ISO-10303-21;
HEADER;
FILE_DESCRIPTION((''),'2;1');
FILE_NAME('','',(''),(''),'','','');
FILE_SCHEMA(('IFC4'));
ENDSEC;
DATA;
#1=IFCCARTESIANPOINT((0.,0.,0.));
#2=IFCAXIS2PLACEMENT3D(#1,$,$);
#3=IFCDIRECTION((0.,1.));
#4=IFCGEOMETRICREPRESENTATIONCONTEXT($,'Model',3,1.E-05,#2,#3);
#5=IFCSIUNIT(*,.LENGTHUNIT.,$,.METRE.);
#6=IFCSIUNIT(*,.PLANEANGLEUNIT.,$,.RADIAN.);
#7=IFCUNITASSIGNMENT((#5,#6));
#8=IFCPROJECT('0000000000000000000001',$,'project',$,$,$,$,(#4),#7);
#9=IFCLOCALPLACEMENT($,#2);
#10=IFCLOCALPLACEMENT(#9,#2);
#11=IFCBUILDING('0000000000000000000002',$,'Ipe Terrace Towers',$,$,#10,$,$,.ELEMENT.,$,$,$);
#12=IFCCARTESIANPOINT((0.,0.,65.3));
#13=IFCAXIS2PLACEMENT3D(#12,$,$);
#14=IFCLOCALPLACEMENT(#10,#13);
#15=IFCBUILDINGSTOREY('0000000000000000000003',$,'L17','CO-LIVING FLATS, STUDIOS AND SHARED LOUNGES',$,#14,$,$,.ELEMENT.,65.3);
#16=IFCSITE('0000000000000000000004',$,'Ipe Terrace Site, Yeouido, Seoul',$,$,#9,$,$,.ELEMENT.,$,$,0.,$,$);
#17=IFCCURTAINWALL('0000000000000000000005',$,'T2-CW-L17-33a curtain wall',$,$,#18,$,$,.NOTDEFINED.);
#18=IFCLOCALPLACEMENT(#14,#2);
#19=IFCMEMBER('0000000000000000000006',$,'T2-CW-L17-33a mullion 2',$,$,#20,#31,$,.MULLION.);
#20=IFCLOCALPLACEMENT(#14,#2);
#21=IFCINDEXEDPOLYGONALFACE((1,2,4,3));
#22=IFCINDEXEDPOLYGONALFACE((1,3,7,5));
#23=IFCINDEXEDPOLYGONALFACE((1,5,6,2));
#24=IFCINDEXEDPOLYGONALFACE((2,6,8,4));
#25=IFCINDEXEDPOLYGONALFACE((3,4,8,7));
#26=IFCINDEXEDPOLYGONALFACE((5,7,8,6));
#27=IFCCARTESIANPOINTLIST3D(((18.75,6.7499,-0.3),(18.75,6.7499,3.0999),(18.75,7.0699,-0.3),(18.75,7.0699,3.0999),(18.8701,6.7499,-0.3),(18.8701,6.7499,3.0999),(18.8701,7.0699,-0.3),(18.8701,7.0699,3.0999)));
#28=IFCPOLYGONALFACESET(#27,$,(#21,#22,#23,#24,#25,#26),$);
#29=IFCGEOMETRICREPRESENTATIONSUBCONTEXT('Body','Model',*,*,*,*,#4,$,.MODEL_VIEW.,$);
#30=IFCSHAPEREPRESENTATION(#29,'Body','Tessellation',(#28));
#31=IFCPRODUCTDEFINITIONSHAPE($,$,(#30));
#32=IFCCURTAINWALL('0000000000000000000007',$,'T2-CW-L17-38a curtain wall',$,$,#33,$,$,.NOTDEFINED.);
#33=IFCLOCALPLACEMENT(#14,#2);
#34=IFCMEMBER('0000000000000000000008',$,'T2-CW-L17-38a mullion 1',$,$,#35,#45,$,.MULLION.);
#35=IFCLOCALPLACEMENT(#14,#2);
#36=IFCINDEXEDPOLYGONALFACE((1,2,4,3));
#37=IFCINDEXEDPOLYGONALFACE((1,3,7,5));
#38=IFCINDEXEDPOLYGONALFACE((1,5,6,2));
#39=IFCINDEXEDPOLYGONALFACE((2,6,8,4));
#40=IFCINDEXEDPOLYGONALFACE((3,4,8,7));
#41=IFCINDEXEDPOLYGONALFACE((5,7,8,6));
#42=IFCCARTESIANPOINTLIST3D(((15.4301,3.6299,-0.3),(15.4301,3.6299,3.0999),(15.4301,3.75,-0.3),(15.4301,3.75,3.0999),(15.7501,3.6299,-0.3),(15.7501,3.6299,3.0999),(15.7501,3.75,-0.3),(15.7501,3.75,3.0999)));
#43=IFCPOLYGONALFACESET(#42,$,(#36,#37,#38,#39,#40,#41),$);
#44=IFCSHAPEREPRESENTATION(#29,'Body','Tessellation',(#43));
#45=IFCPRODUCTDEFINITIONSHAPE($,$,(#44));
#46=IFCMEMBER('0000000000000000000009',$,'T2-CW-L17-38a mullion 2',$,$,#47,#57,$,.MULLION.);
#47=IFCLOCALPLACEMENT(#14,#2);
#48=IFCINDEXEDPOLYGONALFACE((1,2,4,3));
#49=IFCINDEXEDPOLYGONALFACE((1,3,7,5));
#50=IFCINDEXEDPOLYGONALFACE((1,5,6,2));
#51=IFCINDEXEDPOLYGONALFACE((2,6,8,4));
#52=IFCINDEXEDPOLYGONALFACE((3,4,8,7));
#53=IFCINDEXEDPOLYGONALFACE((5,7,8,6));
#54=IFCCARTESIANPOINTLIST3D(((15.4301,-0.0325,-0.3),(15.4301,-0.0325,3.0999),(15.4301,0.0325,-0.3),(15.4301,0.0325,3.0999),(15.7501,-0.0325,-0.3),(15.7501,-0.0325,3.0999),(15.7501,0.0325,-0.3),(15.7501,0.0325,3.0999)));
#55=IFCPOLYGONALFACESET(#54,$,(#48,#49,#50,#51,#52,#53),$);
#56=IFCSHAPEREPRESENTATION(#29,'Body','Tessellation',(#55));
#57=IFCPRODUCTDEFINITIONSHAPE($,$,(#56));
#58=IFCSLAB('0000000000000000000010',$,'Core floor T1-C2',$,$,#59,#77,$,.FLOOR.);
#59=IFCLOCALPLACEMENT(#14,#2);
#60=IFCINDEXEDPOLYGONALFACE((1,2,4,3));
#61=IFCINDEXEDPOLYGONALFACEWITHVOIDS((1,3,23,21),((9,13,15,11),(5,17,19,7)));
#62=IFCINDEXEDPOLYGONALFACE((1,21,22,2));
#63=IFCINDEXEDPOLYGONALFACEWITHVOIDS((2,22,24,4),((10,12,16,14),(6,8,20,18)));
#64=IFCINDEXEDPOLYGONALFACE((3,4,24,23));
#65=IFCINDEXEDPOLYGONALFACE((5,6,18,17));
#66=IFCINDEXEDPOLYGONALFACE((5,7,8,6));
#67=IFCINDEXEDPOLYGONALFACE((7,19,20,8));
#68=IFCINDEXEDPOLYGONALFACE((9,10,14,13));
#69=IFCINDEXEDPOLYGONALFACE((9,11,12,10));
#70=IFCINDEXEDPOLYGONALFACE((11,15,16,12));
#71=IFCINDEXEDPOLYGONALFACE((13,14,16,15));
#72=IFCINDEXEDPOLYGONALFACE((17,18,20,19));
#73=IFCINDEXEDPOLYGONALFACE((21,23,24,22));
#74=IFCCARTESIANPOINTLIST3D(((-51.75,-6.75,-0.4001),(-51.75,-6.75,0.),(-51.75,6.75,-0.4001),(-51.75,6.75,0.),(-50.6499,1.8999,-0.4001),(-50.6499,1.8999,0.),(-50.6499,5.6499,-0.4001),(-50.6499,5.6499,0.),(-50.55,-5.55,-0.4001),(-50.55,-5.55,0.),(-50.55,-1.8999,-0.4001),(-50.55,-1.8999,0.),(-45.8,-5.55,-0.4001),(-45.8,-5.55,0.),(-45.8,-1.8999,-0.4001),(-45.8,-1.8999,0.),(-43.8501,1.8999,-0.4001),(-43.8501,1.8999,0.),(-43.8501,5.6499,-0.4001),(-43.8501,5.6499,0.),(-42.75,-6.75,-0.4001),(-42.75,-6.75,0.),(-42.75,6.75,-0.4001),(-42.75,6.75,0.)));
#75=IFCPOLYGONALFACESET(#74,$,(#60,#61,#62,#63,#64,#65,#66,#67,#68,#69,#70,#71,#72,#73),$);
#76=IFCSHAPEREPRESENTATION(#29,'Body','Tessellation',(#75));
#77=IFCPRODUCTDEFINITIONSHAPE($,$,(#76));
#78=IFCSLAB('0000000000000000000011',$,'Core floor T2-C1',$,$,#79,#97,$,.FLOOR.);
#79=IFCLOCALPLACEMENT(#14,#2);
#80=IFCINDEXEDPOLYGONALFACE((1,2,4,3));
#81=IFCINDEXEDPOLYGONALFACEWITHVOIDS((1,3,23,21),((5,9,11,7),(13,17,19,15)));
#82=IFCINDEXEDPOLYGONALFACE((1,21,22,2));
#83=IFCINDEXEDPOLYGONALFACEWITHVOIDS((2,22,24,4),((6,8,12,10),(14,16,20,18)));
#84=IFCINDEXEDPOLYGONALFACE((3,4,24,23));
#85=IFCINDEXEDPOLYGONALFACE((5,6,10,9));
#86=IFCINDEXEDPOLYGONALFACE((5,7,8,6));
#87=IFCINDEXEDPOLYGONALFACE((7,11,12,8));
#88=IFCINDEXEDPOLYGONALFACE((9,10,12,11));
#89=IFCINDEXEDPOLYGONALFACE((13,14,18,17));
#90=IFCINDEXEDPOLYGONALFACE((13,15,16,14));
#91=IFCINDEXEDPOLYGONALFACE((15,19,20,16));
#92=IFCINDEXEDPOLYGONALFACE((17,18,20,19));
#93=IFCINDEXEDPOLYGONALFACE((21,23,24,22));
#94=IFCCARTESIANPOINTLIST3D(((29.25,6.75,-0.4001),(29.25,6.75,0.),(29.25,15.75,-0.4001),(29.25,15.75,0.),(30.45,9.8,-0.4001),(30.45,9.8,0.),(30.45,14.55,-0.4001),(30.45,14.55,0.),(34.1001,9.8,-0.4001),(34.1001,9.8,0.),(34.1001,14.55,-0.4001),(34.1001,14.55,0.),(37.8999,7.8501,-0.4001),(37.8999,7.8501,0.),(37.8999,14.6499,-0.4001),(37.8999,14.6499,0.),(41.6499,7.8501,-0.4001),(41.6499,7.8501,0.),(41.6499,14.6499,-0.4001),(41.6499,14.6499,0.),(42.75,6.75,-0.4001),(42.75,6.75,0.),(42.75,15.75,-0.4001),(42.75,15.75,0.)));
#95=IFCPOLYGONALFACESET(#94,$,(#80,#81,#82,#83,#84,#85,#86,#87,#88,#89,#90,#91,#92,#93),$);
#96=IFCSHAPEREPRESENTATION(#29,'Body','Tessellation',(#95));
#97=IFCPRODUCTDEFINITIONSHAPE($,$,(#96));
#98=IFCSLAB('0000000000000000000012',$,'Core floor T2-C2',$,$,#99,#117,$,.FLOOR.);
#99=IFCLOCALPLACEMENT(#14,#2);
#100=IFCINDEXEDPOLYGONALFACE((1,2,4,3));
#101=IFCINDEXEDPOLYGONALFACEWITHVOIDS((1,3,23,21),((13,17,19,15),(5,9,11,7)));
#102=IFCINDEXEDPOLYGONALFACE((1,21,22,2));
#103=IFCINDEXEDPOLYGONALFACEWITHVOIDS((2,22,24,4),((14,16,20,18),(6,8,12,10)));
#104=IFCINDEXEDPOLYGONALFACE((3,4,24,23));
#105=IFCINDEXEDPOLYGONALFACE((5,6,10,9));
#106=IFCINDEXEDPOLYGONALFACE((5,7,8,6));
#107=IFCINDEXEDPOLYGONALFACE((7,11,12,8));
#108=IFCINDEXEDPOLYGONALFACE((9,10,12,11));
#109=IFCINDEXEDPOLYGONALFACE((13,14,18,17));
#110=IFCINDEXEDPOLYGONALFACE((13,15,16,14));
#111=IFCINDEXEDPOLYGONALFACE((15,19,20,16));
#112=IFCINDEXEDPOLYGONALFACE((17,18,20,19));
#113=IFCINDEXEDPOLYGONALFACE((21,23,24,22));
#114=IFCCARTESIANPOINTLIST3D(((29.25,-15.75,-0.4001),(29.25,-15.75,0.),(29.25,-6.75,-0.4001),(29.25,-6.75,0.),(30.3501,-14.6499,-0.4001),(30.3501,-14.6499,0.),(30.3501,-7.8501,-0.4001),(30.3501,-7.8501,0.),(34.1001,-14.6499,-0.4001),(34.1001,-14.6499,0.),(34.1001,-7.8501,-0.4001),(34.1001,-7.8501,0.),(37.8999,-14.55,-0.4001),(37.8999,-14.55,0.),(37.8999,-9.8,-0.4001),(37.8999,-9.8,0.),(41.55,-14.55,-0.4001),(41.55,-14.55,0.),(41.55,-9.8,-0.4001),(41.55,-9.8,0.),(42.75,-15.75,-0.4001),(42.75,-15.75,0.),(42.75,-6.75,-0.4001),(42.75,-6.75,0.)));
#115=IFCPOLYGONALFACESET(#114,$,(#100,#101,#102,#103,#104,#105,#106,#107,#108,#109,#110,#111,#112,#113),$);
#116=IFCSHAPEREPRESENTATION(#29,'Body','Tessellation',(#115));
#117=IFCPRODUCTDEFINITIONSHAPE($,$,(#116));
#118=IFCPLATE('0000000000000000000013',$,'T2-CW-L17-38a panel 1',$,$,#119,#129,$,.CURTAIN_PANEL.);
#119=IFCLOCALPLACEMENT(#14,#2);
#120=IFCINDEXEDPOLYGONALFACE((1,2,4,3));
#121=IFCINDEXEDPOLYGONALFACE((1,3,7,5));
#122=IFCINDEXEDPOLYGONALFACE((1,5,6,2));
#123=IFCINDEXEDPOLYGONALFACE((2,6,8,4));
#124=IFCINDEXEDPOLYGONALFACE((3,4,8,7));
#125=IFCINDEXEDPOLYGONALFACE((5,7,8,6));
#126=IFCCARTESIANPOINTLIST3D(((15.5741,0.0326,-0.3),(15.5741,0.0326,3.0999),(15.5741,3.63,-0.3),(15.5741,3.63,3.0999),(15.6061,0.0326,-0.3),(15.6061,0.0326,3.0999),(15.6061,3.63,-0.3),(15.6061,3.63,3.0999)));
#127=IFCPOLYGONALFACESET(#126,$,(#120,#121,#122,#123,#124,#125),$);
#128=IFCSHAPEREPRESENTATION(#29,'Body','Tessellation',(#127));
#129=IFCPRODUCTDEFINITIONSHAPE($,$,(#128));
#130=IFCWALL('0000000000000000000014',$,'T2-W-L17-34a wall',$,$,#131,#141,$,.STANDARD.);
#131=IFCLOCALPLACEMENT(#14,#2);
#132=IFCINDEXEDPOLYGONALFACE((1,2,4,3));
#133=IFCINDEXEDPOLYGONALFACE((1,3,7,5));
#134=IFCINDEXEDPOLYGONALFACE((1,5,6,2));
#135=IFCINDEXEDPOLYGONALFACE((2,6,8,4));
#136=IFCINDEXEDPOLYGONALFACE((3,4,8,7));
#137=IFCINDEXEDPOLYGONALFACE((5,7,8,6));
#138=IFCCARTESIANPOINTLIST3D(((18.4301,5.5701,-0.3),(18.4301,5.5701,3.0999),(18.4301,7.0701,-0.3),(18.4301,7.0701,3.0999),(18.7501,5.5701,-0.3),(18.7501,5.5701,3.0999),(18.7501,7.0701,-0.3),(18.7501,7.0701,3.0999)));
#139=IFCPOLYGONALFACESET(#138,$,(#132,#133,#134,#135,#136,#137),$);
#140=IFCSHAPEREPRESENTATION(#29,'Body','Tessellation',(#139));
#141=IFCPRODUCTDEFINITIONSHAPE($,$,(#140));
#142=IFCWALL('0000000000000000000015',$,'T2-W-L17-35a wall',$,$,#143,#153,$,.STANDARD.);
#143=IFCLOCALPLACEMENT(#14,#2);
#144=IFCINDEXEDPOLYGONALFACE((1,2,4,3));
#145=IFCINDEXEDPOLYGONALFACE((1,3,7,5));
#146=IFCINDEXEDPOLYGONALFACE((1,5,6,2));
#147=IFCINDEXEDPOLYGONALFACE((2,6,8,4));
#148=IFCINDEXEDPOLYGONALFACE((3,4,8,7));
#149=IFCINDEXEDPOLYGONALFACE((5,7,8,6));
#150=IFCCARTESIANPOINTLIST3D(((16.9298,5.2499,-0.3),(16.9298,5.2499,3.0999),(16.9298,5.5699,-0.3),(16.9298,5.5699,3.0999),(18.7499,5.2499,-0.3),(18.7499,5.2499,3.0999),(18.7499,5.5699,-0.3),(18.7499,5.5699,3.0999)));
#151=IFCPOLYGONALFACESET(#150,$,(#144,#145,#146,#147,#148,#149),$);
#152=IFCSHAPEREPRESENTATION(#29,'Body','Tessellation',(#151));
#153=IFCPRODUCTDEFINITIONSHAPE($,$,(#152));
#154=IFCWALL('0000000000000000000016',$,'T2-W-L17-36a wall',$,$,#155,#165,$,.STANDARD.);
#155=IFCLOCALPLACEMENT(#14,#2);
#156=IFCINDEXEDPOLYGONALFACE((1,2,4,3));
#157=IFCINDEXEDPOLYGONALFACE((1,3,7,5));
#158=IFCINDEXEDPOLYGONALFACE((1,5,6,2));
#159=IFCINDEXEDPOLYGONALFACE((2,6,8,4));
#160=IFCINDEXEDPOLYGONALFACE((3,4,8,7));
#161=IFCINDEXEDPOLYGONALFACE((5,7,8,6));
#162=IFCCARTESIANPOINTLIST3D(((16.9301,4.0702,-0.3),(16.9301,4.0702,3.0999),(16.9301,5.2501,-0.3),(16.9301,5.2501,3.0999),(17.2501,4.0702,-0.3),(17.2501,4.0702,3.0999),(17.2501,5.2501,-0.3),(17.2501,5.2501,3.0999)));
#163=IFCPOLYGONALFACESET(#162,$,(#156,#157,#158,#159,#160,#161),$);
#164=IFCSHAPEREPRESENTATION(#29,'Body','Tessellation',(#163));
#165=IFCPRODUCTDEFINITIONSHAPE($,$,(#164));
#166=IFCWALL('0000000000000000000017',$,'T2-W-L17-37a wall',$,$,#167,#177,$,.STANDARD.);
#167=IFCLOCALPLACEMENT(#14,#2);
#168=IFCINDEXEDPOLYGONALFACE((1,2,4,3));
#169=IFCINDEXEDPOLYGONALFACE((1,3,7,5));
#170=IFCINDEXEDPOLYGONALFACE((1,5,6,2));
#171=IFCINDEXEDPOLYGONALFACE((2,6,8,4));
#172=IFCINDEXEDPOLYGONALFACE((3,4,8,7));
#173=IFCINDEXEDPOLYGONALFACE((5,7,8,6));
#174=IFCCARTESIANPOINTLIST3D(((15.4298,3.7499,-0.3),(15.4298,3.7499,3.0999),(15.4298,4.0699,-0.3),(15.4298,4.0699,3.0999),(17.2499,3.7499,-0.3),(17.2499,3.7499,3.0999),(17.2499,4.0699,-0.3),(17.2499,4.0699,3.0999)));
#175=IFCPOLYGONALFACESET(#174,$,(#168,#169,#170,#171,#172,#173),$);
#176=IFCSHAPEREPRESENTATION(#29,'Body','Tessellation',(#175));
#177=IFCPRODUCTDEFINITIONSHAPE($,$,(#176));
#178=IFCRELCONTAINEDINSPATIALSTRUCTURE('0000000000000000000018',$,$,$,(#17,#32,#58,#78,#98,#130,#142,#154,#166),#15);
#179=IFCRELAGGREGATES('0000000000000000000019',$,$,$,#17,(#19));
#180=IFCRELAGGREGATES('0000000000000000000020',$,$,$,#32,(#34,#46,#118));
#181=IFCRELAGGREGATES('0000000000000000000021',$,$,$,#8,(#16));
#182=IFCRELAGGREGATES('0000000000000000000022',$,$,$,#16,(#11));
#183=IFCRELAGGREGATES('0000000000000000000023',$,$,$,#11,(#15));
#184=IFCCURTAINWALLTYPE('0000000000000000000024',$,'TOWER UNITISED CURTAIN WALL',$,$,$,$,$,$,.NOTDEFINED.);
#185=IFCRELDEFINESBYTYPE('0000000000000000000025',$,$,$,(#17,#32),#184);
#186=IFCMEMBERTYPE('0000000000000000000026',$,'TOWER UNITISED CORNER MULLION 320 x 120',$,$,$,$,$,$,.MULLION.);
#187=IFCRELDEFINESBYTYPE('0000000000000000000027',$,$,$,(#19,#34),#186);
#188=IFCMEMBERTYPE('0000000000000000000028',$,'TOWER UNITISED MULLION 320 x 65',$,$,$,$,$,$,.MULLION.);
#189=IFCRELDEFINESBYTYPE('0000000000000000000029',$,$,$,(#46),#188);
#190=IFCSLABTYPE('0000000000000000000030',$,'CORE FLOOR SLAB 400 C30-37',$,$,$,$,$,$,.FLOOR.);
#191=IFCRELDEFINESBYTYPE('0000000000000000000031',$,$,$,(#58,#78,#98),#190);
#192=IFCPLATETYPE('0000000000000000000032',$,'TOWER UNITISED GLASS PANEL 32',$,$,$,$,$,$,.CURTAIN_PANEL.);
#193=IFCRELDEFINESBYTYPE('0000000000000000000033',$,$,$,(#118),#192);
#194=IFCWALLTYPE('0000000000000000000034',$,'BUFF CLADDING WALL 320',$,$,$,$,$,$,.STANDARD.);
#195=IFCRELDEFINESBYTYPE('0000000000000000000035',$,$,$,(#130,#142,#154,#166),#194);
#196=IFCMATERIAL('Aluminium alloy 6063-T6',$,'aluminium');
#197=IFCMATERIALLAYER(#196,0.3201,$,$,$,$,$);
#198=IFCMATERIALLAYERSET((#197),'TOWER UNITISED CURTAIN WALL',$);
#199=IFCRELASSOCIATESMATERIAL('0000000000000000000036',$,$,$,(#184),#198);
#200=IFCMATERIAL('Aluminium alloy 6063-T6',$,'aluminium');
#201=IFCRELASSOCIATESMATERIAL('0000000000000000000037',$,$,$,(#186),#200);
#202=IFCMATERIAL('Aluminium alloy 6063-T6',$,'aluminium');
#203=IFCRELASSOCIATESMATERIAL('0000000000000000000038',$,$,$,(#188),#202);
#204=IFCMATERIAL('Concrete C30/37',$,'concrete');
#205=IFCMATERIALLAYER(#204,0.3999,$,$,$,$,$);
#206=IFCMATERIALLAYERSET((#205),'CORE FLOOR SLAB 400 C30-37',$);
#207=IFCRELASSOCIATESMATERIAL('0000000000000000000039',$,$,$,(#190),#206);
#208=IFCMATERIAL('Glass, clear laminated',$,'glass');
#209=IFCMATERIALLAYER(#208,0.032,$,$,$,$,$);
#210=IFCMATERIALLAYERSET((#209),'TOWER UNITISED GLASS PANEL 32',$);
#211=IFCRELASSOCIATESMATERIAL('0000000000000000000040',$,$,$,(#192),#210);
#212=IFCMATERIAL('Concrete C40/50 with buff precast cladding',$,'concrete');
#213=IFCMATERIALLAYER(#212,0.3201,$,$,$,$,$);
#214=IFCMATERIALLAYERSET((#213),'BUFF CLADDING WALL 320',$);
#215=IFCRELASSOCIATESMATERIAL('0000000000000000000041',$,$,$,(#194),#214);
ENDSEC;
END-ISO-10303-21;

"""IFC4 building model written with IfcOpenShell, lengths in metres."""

from ifc_helpers import new_model, si_unit, direction, frame, frame_2d, origin, origin_2d, place, context, subcontext, project, spatial, polyline, rectangle, outline, extrude, material, layer, layer_set, material_profile, profile_set, type_object, element, aggregate, save


model = new_model("IFC4")

# Units and contexts
model_context = context("Model", 3, precision=1e-05, world=origin(), true_north=direction((0.0, 1.0)))
body_context = subcontext(model_context, "Body", "Model", "MODEL_VIEW")
ifc_project = project(units=[si_unit("LENGTHUNIT", "METRE"), si_unit("PLANEANGLEUNIT", "RADIAN")], contexts=[model_context])

# Site, building, storey
site_placement = place(None, origin())
site = spatial("IfcSite", under=ifc_project, at=site_placement, Name="Ipe Terrace Site, Yeouido, Seoul", CompositionType="ELEMENT", RefElevation=0.0)
building_placement = place(site_placement, origin())
building = spatial("IfcBuilding", under=site, at=building_placement, Name="Ipe Terrace Towers", CompositionType="ELEMENT")
storey_placement = place(building_placement, frame((0.0, 0.0, 65.3)))
storey = spatial("IfcBuildingStorey", under=building, at=storey_placement, Name="L17", Description="CO-LIVING FLATS, STUDIOS AND SHARED LOUNGES", CompositionType="ELEMENT", Elevation=65.3)

# Curtain wall, member
ifc_material_1 = material(Name="Aluminium alloy 6063-T6", Category="aluminium")
ifc_layer_1 = layer(ifc_material_1, 0.3201)
ifc_layer_set_1 = layer_set([ifc_layer_1], Name="TOWER UNITISED CURTAIN WALL")
curtain_wall_type = type_object("IfcCurtainWallType", Name="TOWER UNITISED CURTAIN WALL", PredefinedType="NOTDEFINED", material=ifc_layer_set_1)
curtain_wall_1_placement = place(storey_placement, origin())
curtain_wall_1 = element("IfcCurtainWall", 1, at=curtain_wall_1_placement, inside=storey, type_object=curtain_wall_type, Name="T2-CW-L17-33a curtain wall", PredefinedType="NOTDEFINED")
ifc_material_2 = material(Name="Aluminium alloy 6063-T6", Category="aluminium")
ifc_material_profile_1 = material_profile(ifc_material_2, rectangle(XDim=0.3201, YDim=0.1201, at=origin_2d()), Name="TOWER UNITISED CORNER MULLION 320 x 120")
ifc_profile_set_1 = profile_set([ifc_material_profile_1], Name="Aluminium alloy 6063-T6")
member_type_1 = type_object("IfcMemberType", Name="TOWER UNITISED CORNER MULLION 320 x 120", PredefinedType="MULLION", material=ifc_profile_set_1)
member_1_placement = place(storey_placement, frame((18.8101, 6.9099, -0.3), z_axis=(0.0, 0.0, 1.0), x_axis=(0.0, 1.0, 0.0)))
member_1 = element("IfcMember", 2, at=member_1_placement, type_object=member_type_1, Name="T2-CW-L17-33a mullion 2", PredefinedType="MULLION", context=body_context, shape_type="SweptSolid", body=[
    extrude(rectangle(XDim=0.3201, YDim=0.1201, at=origin_2d()), origin(), (0.0, 0.0, 1.0), 3.3999),
])
aggregate(curtain_wall_1, [member_1])

# Curtain wall, members
curtain_wall_2_placement = place(storey_placement, origin())
curtain_wall_2 = element("IfcCurtainWall", 3, at=curtain_wall_2_placement, inside=storey, type_object=curtain_wall_type, Name="T2-CW-L17-38a curtain wall", PredefinedType="NOTDEFINED")
member_2_placement = place(storey_placement, frame((15.5901, 3.6899, -0.3), z_axis=(0.0, 0.0, 1.0), x_axis=(-1.0, 0.0, 0.0)))
member_2 = element("IfcMember", 4, at=member_2_placement, type_object=member_type_1, Name="T2-CW-L17-38a mullion 1", PredefinedType="MULLION", context=body_context, shape_type="SweptSolid", body=[
    extrude(rectangle(XDim=0.3201, YDim=0.1201, at=origin_2d()), origin(), (0.0, 0.0, 1.0), 3.3999),
])
ifc_material_3 = material(Name="Aluminium alloy 6063-T6", Category="aluminium")
ifc_material_profile_2 = material_profile(ifc_material_3, rectangle(XDim=0.3201, YDim=0.0649, at=origin_2d()), Name="TOWER UNITISED MULLION 320 x 65")
ifc_profile_set_2 = profile_set([ifc_material_profile_2], Name="Aluminium alloy 6063-T6")
member_type_2 = type_object("IfcMemberType", Name="TOWER UNITISED MULLION 320 x 65", PredefinedType="MULLION", material=ifc_profile_set_2)
member_3_placement = place(storey_placement, frame((15.5901, 0.0, -0.3), z_axis=(0.0, 0.0, 1.0), x_axis=(-1.0, 0.0, 0.0)))
member_3 = element("IfcMember", 5, at=member_3_placement, type_object=member_type_2, Name="T2-CW-L17-38a mullion 2", PredefinedType="MULLION", context=body_context, shape_type="SweptSolid", body=[
    extrude(rectangle(XDim=0.3201, YDim=0.0649, at=origin_2d()), origin(), (0.0, 0.0, 1.0), 3.3999),
])

# Slabs
ifc_material_4 = material(Name="Concrete C30/37", Category="concrete")
ifc_layer_2 = layer(ifc_material_4, 0.3999)
ifc_layer_set_2 = layer_set([ifc_layer_2], Name="CORE FLOOR SLAB 400 C30-37")
slab_type = type_object("IfcSlabType", Name="CORE FLOOR SLAB 400 C30-37", PredefinedType="FLOOR", material=ifc_layer_set_2)
slab_1_placement = place(storey_placement, frame((0.0, 0.0, -0.4001)))
element("IfcSlab", 6, at=slab_1_placement, inside=storey, type_object=slab_type, Name="Core floor T1-C2", PredefinedType="FLOOR", context=body_context, shape_type="SweptSolid", body=[
    extrude(outline(polyline([(-51.75, -6.75), (-51.75, 6.75), (-42.75, 6.75), (-42.75, -6.75), (-51.75, -6.75)]), holes=[polyline([(-45.8, -5.55), (-45.8, -1.8999), (-50.55, -1.8999), (-50.55, -5.55), (-45.8, -5.55)]), polyline([(-50.6499, 1.8999), (-43.8501, 1.8999), (-43.8501, 5.6499), (-50.6499, 5.6499), (-50.6499, 1.8999)])]), origin(), (0.0, 0.0, 1.0), 0.4001),
])
slab_2_placement = place(storey_placement, frame((0.0, 0.0, -0.4001)))
element("IfcSlab", 7, at=slab_2_placement, inside=storey, type_object=slab_type, Name="Core floor T2-C1", PredefinedType="FLOOR", context=body_context, shape_type="SweptSolid", body=[
    extrude(outline(polyline([(29.25, 6.75), (29.25, 15.75), (42.75, 15.75), (42.75, 6.75), (29.25, 6.75)]), holes=[polyline([(41.6499, 7.8501), (41.6499, 14.6499), (37.8999, 14.6499), (37.8999, 7.8501), (41.6499, 7.8501)]), polyline([(30.45, 9.8), (34.1001, 9.8), (34.1001, 14.55), (30.45, 14.55), (30.45, 9.8)])]), origin(), (0.0, 0.0, 1.0), 0.4001),
])
slab_3_placement = place(storey_placement, frame((0.0, 0.0, -0.4001)))
element("IfcSlab", 8, at=slab_3_placement, inside=storey, type_object=slab_type, Name="Core floor T2-C2", PredefinedType="FLOOR", context=body_context, shape_type="SweptSolid", body=[
    extrude(outline(polyline([(29.25, -15.75), (29.25, -6.75), (42.75, -6.75), (42.75, -15.75), (29.25, -15.75)]), holes=[polyline([(34.1001, -14.6499), (34.1001, -7.8501), (30.3501, -7.8501), (30.3501, -14.6499), (34.1001, -14.6499)]), polyline([(41.55, -9.8), (37.8999, -9.8), (37.8999, -14.55), (41.55, -14.55), (41.55, -9.8)])]), origin(), (0.0, 0.0, 1.0), 0.4001),
])

# Plate
ifc_material_5 = material(Name="Glass, clear laminated", Category="glass")
ifc_layer_3 = layer(ifc_material_5, 0.032)
ifc_layer_set_3 = layer_set([ifc_layer_3], Name="TOWER UNITISED GLASS PANEL 32")
plate_type = type_object("IfcPlateType", Name="TOWER UNITISED GLASS PANEL 32", PredefinedType="CURTAIN_PANEL", material=ifc_layer_set_3)
plate_placement = place(storey_placement, frame((15.5901, 1.8313, -0.3), z_axis=(0.0, 0.0, 1.0), x_axis=(0.0, -1.0, 0.0)))
plate = element("IfcPlate", 9, at=plate_placement, type_object=plate_type, Name="T2-CW-L17-38a panel 1", PredefinedType="CURTAIN_PANEL", context=body_context, shape_type="SweptSolid", body=[
    extrude(rectangle(XDim=3.5974, YDim=0.032, at=origin_2d()), origin(), (0.0, 0.0, 1.0), 3.3999),
])
aggregate(curtain_wall_2, [member_2, member_3, plate])

# Walls
ifc_material_6 = material(Name="Concrete C40/50 with buff precast cladding", Category="concrete")
ifc_layer_4 = layer(ifc_material_6, 0.3201)
ifc_layer_set_4 = layer_set([ifc_layer_4], Name="BUFF CLADDING WALL 320")
wall_type_1 = type_object("IfcWallType", Name="BUFF CLADDING WALL 320", PredefinedType="STANDARD", material=ifc_layer_set_4)
wall_1_placement = place(storey_placement, frame((18.5901, 7.0701, -0.3), z_axis=(0.0, 0.0, 1.0), x_axis=(0.0, -1.0, 0.0)))
element("IfcWall", 10, at=wall_1_placement, inside=storey, type_object=wall_type_1, Name="T2-W-L17-34a wall", PredefinedType="STANDARD", context=body_context, shape_type="SweptSolid", body=[
    extrude(rectangle(XDim=1.5, YDim=0.3201, at=frame_2d((0.75, 0.0))), origin(), (0.0, 0.0, 1.0), 3.3999),
])
wall_2_placement = place(storey_placement, frame((18.75, 5.4099, -0.3), z_axis=(0.0, 0.0, 1.0), x_axis=(-1.0, 0.0, 0.0)))
element("IfcWall", 11, at=wall_2_placement, inside=storey, type_object=wall_type_1, Name="T2-W-L17-35a wall", PredefinedType="STANDARD", context=body_context, shape_type="SweptSolid", body=[
    extrude(rectangle(XDim=1.8201, YDim=0.3201, at=frame_2d((0.9102, 0.0))), origin(), (0.0, 0.0, 1.0), 3.3999),
])
wall_3_placement = place(storey_placement, frame((17.0901, 5.25, -0.3), z_axis=(0.0, 0.0, 1.0), x_axis=(0.0, -1.0, 0.0)))
element("IfcWall", 12, at=wall_3_placement, inside=storey, type_object=wall_type_1, Name="T2-W-L17-36a wall", PredefinedType="STANDARD", context=body_context, shape_type="SweptSolid", body=[
    extrude(rectangle(XDim=1.1799, YDim=0.3201, at=frame_2d((0.5898, 0.0))), origin(), (0.0, 0.0, 1.0), 3.3999),
])
wall_4_placement = place(storey_placement, frame((17.25, 3.9099, -0.3), z_axis=(0.0, 0.0, 1.0), x_axis=(-1.0, 0.0, 0.0)))
element("IfcWall", 13, at=wall_4_placement, inside=storey, type_object=wall_type_1, Name="T2-W-L17-37a wall", PredefinedType="STANDARD", context=body_context, shape_type="SweptSolid", body=[
    extrude(rectangle(XDim=1.8201, YDim=0.3201, at=frame_2d((0.9102, 0.0))), origin(), (0.0, 0.0, 1.0), 3.3999),
])

save(model, "model.ifc")
